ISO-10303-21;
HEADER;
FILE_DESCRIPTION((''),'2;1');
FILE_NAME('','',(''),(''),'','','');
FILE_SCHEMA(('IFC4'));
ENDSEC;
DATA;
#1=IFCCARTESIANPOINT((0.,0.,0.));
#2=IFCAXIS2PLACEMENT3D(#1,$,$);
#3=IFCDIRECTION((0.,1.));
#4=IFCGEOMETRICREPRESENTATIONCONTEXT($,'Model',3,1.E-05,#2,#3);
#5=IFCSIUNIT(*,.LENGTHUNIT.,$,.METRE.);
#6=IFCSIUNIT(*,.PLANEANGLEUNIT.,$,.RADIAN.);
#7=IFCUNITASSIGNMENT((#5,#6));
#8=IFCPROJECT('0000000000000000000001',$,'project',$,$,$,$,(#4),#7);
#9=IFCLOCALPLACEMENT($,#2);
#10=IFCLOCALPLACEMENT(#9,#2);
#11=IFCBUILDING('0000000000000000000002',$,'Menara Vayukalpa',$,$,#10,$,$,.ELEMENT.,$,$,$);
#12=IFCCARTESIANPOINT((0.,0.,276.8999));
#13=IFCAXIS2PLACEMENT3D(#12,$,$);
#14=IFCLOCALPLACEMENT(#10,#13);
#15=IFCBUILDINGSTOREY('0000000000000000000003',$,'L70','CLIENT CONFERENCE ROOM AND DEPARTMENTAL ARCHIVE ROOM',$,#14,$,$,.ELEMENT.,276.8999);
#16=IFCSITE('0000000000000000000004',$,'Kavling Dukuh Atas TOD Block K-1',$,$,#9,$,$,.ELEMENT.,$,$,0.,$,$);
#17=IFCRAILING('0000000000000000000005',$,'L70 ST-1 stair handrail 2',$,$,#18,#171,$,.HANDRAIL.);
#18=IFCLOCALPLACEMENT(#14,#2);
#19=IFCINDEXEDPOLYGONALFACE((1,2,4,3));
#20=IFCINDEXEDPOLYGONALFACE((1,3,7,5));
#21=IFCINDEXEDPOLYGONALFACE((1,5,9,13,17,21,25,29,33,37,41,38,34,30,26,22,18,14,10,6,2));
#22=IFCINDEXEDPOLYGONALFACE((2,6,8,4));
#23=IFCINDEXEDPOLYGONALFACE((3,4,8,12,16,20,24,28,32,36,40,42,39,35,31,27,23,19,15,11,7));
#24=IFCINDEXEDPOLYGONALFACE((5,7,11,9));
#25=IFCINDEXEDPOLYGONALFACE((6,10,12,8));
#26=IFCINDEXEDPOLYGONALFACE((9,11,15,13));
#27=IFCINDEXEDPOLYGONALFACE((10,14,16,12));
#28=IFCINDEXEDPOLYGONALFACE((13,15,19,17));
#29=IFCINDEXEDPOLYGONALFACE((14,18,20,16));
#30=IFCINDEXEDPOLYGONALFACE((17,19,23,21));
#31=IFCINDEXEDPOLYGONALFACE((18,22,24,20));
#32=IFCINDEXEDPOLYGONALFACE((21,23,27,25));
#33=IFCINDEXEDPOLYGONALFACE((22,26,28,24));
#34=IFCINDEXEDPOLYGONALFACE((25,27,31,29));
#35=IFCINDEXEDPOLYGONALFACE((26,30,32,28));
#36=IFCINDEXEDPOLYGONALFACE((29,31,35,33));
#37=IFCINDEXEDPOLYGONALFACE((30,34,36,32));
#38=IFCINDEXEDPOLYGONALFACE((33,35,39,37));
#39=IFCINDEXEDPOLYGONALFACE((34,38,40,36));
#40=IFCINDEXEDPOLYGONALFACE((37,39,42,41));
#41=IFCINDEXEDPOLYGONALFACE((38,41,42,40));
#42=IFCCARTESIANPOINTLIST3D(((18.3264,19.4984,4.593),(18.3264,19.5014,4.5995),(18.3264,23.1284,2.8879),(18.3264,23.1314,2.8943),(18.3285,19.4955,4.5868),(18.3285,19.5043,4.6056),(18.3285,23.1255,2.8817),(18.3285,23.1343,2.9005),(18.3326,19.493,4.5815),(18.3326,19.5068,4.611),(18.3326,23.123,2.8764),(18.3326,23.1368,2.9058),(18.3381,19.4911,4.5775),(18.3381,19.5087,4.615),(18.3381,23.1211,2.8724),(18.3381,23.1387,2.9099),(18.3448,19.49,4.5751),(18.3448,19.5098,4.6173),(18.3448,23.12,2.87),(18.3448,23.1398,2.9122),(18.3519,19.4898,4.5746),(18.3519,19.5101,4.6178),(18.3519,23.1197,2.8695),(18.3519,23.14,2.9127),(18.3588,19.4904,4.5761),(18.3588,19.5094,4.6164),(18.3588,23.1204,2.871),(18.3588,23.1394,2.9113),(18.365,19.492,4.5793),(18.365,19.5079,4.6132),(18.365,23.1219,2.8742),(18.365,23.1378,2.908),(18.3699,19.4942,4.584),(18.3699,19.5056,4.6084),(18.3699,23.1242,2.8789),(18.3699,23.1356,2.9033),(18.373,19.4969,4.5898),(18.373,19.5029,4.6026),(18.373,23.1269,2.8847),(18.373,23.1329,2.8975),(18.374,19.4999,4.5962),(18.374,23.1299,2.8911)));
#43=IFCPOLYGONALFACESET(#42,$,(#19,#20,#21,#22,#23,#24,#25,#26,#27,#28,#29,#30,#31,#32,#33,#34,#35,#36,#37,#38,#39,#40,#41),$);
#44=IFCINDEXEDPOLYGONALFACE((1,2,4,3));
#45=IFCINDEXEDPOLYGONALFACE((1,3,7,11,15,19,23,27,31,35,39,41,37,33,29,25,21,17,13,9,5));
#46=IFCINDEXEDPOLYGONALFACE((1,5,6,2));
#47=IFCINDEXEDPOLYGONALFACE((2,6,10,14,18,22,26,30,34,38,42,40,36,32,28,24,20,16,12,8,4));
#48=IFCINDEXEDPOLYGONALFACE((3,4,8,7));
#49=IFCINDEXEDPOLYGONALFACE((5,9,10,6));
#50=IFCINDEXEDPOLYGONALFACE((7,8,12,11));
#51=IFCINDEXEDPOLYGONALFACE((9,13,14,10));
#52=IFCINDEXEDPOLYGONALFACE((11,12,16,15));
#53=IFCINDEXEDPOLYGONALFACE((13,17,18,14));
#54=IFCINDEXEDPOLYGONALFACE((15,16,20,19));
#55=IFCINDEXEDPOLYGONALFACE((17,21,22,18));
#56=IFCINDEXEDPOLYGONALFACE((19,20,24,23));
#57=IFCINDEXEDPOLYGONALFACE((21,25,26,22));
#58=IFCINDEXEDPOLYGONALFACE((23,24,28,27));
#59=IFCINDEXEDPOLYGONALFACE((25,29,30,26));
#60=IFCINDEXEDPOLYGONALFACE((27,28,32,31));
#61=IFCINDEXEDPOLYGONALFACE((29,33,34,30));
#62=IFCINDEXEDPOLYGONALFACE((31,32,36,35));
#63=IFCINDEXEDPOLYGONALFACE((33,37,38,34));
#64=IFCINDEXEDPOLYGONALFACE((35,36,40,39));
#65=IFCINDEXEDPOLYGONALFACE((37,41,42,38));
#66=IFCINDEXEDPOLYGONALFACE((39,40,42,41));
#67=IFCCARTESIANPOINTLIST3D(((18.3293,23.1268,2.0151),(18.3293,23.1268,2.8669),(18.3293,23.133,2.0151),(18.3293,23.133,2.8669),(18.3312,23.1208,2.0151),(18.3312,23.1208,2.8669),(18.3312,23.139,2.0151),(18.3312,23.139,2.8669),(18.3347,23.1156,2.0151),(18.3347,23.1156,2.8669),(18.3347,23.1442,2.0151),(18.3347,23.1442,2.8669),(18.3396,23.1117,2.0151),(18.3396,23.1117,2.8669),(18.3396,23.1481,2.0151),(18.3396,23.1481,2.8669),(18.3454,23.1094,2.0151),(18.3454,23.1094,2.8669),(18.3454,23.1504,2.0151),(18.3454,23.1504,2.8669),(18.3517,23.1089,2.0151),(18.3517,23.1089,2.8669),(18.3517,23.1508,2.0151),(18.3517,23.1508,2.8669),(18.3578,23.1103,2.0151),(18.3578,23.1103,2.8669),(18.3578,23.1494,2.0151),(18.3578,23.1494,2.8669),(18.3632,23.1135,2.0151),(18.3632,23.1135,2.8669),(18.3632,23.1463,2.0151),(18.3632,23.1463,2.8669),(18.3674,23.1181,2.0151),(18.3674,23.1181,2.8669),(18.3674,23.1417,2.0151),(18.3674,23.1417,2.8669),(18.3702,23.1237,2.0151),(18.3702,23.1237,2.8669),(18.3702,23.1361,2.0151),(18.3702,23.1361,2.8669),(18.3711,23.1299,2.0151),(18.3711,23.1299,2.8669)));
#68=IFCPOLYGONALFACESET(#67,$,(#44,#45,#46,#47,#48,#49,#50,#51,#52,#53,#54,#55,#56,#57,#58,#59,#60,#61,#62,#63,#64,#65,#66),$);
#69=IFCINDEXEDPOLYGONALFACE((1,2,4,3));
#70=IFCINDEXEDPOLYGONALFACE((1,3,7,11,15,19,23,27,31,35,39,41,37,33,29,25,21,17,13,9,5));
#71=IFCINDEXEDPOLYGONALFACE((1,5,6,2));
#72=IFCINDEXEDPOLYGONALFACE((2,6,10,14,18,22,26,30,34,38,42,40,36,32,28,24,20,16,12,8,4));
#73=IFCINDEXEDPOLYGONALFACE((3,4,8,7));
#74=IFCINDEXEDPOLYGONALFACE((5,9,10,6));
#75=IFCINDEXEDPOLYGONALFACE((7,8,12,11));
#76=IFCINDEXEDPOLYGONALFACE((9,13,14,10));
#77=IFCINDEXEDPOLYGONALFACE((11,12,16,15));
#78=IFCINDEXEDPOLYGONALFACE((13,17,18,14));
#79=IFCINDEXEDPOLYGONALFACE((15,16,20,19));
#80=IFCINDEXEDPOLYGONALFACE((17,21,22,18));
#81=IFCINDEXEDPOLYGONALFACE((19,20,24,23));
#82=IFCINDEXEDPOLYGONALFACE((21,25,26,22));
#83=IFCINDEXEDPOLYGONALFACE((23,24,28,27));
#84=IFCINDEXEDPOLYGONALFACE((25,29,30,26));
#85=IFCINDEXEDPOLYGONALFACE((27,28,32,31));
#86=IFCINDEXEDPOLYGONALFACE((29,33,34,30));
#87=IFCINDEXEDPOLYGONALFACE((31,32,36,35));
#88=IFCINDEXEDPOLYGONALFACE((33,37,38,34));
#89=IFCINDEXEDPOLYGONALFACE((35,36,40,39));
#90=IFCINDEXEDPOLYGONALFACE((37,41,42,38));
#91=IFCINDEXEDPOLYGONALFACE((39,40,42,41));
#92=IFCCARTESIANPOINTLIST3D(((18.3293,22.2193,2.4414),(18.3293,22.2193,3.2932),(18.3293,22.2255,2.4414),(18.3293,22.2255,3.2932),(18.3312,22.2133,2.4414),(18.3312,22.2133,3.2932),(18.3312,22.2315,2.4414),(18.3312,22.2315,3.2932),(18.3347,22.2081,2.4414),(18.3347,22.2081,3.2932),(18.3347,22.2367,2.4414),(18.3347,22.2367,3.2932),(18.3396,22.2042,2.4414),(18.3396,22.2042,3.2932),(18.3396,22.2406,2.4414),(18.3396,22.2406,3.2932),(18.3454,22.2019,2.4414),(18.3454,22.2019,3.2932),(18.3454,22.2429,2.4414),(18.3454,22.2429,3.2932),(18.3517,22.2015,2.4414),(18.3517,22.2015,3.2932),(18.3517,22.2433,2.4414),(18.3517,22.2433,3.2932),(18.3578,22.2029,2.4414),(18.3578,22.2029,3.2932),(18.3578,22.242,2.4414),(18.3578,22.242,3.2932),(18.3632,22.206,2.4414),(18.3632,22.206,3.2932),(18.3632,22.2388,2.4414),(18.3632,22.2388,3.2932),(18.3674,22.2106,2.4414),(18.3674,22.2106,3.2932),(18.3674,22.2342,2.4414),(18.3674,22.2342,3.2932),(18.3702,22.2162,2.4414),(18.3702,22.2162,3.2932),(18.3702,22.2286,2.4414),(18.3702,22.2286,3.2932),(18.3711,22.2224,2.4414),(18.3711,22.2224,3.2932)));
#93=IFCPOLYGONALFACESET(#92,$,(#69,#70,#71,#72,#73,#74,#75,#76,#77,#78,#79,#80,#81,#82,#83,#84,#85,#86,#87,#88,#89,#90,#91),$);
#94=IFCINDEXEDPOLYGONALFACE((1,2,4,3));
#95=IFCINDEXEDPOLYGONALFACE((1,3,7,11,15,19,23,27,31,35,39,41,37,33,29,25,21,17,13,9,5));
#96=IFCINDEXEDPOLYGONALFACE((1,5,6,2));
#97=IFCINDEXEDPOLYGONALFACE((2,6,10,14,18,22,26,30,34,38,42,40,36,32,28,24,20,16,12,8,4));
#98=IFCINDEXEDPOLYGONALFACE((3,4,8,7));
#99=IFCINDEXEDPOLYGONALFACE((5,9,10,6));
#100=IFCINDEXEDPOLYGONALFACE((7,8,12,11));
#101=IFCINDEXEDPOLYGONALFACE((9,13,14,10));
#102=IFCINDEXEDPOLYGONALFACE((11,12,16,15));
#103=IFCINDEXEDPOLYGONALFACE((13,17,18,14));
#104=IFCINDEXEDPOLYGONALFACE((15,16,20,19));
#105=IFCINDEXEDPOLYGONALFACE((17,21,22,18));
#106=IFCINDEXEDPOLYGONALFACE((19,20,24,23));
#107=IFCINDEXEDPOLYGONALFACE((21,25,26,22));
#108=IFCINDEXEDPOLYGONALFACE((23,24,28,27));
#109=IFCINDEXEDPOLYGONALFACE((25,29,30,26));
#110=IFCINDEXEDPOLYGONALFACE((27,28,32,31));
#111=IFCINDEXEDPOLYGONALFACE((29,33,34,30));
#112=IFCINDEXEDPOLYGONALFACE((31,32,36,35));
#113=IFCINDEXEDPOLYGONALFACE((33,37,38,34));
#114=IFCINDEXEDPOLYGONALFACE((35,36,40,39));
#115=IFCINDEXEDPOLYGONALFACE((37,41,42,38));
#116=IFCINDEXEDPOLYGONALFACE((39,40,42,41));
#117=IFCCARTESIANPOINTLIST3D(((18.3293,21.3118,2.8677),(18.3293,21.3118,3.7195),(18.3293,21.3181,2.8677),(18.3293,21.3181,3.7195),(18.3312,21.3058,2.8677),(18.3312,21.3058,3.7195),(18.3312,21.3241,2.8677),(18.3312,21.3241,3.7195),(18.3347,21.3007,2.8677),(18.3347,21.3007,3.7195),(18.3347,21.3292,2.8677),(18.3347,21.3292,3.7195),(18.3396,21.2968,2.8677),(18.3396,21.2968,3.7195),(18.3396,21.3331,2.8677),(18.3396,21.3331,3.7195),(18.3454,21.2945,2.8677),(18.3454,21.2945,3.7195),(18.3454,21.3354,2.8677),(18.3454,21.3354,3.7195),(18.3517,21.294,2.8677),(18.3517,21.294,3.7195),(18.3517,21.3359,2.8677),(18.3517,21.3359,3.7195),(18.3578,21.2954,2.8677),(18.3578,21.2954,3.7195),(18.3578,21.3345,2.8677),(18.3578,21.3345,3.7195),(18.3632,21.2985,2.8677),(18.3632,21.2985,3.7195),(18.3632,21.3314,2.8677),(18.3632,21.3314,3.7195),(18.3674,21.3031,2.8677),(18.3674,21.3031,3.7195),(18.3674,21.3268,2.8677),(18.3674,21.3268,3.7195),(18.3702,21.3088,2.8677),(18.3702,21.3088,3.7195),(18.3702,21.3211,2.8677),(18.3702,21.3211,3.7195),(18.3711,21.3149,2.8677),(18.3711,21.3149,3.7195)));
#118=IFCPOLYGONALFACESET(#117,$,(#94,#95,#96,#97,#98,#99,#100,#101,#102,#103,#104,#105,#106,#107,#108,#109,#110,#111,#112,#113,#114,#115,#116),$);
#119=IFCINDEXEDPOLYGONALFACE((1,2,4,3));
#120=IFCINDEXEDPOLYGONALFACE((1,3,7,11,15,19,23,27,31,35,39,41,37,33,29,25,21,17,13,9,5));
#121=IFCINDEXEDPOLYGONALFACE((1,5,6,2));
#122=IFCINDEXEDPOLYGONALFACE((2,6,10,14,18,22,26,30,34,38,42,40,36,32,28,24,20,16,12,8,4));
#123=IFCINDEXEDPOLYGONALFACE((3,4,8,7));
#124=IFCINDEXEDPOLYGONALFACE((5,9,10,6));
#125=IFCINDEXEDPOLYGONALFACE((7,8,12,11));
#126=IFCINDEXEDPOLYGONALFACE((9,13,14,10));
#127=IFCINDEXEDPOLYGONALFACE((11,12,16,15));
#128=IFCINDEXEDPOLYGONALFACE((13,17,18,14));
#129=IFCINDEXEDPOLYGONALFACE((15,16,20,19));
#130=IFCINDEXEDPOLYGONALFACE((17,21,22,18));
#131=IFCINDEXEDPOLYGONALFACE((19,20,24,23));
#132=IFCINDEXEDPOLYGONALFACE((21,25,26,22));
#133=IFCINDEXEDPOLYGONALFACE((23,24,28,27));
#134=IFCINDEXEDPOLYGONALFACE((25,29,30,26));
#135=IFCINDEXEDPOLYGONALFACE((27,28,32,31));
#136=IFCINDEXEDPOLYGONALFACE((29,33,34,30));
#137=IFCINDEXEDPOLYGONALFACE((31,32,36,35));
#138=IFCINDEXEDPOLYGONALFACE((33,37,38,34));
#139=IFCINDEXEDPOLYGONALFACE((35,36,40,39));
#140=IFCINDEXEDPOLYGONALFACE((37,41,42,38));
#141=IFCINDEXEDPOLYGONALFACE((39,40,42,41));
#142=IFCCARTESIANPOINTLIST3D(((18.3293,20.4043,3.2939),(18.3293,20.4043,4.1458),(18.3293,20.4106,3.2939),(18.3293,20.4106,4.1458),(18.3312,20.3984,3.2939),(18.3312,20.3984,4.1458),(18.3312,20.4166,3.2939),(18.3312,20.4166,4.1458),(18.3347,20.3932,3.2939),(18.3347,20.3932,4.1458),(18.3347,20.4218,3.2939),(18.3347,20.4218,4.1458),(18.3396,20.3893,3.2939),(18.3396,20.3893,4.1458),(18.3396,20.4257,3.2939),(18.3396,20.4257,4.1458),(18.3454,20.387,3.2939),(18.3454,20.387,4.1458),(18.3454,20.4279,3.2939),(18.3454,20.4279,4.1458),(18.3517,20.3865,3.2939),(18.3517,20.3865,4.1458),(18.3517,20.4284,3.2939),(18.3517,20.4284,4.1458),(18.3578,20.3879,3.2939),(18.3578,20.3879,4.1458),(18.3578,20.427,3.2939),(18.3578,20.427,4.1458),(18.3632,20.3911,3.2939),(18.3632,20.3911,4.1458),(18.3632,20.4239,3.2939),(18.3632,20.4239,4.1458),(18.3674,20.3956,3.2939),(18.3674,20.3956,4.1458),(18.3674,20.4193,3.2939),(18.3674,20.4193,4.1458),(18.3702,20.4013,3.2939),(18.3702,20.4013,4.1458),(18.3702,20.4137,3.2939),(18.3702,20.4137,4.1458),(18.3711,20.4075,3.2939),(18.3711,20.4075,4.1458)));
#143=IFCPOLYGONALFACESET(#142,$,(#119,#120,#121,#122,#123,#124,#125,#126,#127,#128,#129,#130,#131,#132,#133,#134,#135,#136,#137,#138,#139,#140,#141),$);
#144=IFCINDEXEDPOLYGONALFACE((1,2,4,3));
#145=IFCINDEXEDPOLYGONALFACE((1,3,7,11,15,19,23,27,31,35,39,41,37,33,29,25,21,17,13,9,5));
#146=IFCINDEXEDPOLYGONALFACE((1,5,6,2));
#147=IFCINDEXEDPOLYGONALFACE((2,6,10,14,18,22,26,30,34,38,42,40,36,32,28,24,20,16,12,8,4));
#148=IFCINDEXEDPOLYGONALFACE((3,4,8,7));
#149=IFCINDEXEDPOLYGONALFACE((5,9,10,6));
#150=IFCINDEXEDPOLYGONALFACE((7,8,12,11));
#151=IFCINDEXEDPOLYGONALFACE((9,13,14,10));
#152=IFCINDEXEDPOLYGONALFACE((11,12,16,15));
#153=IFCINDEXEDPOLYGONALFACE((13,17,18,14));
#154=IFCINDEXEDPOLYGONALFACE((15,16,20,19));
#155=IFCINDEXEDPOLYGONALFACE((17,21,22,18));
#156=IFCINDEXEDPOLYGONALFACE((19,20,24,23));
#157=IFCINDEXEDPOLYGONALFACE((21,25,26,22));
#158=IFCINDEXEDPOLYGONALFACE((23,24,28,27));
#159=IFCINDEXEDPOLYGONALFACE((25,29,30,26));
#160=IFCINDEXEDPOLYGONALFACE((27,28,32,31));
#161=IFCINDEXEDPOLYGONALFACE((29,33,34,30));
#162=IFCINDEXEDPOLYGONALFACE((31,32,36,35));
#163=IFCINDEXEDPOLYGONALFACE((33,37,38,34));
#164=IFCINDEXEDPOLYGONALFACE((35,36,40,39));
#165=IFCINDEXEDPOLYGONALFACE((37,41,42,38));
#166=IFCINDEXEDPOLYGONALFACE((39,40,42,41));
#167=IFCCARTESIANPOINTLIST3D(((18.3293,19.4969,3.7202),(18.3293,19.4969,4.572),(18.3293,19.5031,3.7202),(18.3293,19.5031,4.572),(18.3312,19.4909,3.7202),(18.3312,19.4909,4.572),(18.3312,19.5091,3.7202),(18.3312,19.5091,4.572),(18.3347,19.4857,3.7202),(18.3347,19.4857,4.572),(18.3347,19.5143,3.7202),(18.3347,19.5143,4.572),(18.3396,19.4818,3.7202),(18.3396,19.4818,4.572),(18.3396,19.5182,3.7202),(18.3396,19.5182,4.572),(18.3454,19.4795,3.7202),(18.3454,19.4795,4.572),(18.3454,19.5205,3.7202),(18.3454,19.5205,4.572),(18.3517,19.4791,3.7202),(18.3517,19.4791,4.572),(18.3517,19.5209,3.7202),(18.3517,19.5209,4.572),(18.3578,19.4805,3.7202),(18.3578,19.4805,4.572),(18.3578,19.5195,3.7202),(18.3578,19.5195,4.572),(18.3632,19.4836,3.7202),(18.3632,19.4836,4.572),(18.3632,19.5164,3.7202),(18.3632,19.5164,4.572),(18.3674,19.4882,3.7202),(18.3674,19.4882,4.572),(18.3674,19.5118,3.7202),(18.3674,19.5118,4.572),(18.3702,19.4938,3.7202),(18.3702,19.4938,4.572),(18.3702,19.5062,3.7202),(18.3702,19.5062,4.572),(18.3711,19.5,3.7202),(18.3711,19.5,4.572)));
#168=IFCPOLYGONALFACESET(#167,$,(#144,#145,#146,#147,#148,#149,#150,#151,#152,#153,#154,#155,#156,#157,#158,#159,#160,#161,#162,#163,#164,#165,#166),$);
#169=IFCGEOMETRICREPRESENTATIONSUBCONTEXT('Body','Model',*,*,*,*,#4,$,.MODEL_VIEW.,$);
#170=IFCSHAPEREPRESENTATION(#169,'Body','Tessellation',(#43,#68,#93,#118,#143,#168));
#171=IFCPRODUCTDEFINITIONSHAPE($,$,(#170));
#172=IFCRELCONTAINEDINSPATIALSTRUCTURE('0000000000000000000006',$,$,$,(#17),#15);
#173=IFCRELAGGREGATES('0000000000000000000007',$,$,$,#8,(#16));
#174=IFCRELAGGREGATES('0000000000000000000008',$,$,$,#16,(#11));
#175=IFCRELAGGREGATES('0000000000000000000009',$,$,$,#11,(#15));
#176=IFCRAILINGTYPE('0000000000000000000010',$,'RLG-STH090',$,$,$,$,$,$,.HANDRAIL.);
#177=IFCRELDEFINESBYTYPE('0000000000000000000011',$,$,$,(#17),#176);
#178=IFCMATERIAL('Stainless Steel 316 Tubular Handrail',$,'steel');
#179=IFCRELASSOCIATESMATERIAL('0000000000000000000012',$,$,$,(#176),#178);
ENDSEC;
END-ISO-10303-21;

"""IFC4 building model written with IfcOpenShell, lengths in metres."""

from ifc_helpers import new_model, si_unit, direction, frame, origin, origin_2d, place, context, subcontext, project, spatial, circle, extrude, material, type_object, element, save


model = new_model("IFC4")

# Units and contexts
model_context = context("Model", 3, precision=1e-05, world=origin(), true_north=direction((0.0, 1.0)))
body_context = subcontext(model_context, "Body", "Model", "MODEL_VIEW")
ifc_project = project(units=[si_unit("LENGTHUNIT", "METRE"), si_unit("PLANEANGLEUNIT", "RADIAN")], contexts=[model_context])

# Site, building, storey
site_placement = place(None, origin())
site = spatial("IfcSite", under=ifc_project, at=site_placement, Name="Kavling Dukuh Atas TOD Block K-1", CompositionType="ELEMENT", RefElevation=0.0)
building_placement = place(site_placement, origin())
building = spatial("IfcBuilding", under=site, at=building_placement, Name="Menara Vayukalpa", CompositionType="ELEMENT")
storey_placement = place(building_placement, frame((0.0, 0.0, 276.8999)))
storey = spatial("IfcBuildingStorey", under=building, at=storey_placement, Name="L70", Description="CLIENT CONFERENCE ROOM AND DEPARTMENTAL ARCHIVE ROOM", CompositionType="ELEMENT", Elevation=276.8999)

# Railing
ifc_material_1 = material(Name="Stainless Steel 316 Tubular Handrail", Category="steel")
railing_type_1 = type_object("IfcRailingType", Name="RLG-STH090", PredefinedType="HANDRAIL", material=ifc_material_1)
railing_1_placement = place(storey_placement, frame((18.3501, 23.1299, 2.0151)))
element("IfcRailing", 1, at=railing_1_placement, inside=storey, type_object=railing_type_1, Name="L70 ST-1 stair handrail 2", PredefinedType="HANDRAIL", context=body_context, shape_type="SweptSolid", body=[
    extrude(circle(Radius=0.0239, at=origin_2d()), frame((0.0, 0.0, 0.876), z_axis=(0.0, -0.905116, 0.425164), x_axis=(1.0, 0.0, 0.0)), (0.0, 0.0, 1.0), 4.0105),
    extrude(circle(Radius=0.021, at=origin_2d()), origin(), (0.0, 0.0, 1.0), 0.8518),
    extrude(circle(Radius=0.021, at=origin_2d()), frame((0.0, -0.9075, 0.4263)), (0.0, 0.0, 1.0), 0.8518),
    extrude(circle(Radius=0.021, at=origin_2d()), frame((0.0, -1.8149, 0.8525)), (0.0, 0.0, 1.0), 0.8518),
    extrude(circle(Radius=0.021, at=origin_2d()), frame((0.0, -2.7224, 1.2788)), (0.0, 0.0, 1.0), 0.8518),
    extrude(circle(Radius=0.021, at=origin_2d()), frame((0.0, -3.6299, 1.7051)), (0.0, 0.0, 1.0), 0.8518),
])

save(model, "model.ifc")
